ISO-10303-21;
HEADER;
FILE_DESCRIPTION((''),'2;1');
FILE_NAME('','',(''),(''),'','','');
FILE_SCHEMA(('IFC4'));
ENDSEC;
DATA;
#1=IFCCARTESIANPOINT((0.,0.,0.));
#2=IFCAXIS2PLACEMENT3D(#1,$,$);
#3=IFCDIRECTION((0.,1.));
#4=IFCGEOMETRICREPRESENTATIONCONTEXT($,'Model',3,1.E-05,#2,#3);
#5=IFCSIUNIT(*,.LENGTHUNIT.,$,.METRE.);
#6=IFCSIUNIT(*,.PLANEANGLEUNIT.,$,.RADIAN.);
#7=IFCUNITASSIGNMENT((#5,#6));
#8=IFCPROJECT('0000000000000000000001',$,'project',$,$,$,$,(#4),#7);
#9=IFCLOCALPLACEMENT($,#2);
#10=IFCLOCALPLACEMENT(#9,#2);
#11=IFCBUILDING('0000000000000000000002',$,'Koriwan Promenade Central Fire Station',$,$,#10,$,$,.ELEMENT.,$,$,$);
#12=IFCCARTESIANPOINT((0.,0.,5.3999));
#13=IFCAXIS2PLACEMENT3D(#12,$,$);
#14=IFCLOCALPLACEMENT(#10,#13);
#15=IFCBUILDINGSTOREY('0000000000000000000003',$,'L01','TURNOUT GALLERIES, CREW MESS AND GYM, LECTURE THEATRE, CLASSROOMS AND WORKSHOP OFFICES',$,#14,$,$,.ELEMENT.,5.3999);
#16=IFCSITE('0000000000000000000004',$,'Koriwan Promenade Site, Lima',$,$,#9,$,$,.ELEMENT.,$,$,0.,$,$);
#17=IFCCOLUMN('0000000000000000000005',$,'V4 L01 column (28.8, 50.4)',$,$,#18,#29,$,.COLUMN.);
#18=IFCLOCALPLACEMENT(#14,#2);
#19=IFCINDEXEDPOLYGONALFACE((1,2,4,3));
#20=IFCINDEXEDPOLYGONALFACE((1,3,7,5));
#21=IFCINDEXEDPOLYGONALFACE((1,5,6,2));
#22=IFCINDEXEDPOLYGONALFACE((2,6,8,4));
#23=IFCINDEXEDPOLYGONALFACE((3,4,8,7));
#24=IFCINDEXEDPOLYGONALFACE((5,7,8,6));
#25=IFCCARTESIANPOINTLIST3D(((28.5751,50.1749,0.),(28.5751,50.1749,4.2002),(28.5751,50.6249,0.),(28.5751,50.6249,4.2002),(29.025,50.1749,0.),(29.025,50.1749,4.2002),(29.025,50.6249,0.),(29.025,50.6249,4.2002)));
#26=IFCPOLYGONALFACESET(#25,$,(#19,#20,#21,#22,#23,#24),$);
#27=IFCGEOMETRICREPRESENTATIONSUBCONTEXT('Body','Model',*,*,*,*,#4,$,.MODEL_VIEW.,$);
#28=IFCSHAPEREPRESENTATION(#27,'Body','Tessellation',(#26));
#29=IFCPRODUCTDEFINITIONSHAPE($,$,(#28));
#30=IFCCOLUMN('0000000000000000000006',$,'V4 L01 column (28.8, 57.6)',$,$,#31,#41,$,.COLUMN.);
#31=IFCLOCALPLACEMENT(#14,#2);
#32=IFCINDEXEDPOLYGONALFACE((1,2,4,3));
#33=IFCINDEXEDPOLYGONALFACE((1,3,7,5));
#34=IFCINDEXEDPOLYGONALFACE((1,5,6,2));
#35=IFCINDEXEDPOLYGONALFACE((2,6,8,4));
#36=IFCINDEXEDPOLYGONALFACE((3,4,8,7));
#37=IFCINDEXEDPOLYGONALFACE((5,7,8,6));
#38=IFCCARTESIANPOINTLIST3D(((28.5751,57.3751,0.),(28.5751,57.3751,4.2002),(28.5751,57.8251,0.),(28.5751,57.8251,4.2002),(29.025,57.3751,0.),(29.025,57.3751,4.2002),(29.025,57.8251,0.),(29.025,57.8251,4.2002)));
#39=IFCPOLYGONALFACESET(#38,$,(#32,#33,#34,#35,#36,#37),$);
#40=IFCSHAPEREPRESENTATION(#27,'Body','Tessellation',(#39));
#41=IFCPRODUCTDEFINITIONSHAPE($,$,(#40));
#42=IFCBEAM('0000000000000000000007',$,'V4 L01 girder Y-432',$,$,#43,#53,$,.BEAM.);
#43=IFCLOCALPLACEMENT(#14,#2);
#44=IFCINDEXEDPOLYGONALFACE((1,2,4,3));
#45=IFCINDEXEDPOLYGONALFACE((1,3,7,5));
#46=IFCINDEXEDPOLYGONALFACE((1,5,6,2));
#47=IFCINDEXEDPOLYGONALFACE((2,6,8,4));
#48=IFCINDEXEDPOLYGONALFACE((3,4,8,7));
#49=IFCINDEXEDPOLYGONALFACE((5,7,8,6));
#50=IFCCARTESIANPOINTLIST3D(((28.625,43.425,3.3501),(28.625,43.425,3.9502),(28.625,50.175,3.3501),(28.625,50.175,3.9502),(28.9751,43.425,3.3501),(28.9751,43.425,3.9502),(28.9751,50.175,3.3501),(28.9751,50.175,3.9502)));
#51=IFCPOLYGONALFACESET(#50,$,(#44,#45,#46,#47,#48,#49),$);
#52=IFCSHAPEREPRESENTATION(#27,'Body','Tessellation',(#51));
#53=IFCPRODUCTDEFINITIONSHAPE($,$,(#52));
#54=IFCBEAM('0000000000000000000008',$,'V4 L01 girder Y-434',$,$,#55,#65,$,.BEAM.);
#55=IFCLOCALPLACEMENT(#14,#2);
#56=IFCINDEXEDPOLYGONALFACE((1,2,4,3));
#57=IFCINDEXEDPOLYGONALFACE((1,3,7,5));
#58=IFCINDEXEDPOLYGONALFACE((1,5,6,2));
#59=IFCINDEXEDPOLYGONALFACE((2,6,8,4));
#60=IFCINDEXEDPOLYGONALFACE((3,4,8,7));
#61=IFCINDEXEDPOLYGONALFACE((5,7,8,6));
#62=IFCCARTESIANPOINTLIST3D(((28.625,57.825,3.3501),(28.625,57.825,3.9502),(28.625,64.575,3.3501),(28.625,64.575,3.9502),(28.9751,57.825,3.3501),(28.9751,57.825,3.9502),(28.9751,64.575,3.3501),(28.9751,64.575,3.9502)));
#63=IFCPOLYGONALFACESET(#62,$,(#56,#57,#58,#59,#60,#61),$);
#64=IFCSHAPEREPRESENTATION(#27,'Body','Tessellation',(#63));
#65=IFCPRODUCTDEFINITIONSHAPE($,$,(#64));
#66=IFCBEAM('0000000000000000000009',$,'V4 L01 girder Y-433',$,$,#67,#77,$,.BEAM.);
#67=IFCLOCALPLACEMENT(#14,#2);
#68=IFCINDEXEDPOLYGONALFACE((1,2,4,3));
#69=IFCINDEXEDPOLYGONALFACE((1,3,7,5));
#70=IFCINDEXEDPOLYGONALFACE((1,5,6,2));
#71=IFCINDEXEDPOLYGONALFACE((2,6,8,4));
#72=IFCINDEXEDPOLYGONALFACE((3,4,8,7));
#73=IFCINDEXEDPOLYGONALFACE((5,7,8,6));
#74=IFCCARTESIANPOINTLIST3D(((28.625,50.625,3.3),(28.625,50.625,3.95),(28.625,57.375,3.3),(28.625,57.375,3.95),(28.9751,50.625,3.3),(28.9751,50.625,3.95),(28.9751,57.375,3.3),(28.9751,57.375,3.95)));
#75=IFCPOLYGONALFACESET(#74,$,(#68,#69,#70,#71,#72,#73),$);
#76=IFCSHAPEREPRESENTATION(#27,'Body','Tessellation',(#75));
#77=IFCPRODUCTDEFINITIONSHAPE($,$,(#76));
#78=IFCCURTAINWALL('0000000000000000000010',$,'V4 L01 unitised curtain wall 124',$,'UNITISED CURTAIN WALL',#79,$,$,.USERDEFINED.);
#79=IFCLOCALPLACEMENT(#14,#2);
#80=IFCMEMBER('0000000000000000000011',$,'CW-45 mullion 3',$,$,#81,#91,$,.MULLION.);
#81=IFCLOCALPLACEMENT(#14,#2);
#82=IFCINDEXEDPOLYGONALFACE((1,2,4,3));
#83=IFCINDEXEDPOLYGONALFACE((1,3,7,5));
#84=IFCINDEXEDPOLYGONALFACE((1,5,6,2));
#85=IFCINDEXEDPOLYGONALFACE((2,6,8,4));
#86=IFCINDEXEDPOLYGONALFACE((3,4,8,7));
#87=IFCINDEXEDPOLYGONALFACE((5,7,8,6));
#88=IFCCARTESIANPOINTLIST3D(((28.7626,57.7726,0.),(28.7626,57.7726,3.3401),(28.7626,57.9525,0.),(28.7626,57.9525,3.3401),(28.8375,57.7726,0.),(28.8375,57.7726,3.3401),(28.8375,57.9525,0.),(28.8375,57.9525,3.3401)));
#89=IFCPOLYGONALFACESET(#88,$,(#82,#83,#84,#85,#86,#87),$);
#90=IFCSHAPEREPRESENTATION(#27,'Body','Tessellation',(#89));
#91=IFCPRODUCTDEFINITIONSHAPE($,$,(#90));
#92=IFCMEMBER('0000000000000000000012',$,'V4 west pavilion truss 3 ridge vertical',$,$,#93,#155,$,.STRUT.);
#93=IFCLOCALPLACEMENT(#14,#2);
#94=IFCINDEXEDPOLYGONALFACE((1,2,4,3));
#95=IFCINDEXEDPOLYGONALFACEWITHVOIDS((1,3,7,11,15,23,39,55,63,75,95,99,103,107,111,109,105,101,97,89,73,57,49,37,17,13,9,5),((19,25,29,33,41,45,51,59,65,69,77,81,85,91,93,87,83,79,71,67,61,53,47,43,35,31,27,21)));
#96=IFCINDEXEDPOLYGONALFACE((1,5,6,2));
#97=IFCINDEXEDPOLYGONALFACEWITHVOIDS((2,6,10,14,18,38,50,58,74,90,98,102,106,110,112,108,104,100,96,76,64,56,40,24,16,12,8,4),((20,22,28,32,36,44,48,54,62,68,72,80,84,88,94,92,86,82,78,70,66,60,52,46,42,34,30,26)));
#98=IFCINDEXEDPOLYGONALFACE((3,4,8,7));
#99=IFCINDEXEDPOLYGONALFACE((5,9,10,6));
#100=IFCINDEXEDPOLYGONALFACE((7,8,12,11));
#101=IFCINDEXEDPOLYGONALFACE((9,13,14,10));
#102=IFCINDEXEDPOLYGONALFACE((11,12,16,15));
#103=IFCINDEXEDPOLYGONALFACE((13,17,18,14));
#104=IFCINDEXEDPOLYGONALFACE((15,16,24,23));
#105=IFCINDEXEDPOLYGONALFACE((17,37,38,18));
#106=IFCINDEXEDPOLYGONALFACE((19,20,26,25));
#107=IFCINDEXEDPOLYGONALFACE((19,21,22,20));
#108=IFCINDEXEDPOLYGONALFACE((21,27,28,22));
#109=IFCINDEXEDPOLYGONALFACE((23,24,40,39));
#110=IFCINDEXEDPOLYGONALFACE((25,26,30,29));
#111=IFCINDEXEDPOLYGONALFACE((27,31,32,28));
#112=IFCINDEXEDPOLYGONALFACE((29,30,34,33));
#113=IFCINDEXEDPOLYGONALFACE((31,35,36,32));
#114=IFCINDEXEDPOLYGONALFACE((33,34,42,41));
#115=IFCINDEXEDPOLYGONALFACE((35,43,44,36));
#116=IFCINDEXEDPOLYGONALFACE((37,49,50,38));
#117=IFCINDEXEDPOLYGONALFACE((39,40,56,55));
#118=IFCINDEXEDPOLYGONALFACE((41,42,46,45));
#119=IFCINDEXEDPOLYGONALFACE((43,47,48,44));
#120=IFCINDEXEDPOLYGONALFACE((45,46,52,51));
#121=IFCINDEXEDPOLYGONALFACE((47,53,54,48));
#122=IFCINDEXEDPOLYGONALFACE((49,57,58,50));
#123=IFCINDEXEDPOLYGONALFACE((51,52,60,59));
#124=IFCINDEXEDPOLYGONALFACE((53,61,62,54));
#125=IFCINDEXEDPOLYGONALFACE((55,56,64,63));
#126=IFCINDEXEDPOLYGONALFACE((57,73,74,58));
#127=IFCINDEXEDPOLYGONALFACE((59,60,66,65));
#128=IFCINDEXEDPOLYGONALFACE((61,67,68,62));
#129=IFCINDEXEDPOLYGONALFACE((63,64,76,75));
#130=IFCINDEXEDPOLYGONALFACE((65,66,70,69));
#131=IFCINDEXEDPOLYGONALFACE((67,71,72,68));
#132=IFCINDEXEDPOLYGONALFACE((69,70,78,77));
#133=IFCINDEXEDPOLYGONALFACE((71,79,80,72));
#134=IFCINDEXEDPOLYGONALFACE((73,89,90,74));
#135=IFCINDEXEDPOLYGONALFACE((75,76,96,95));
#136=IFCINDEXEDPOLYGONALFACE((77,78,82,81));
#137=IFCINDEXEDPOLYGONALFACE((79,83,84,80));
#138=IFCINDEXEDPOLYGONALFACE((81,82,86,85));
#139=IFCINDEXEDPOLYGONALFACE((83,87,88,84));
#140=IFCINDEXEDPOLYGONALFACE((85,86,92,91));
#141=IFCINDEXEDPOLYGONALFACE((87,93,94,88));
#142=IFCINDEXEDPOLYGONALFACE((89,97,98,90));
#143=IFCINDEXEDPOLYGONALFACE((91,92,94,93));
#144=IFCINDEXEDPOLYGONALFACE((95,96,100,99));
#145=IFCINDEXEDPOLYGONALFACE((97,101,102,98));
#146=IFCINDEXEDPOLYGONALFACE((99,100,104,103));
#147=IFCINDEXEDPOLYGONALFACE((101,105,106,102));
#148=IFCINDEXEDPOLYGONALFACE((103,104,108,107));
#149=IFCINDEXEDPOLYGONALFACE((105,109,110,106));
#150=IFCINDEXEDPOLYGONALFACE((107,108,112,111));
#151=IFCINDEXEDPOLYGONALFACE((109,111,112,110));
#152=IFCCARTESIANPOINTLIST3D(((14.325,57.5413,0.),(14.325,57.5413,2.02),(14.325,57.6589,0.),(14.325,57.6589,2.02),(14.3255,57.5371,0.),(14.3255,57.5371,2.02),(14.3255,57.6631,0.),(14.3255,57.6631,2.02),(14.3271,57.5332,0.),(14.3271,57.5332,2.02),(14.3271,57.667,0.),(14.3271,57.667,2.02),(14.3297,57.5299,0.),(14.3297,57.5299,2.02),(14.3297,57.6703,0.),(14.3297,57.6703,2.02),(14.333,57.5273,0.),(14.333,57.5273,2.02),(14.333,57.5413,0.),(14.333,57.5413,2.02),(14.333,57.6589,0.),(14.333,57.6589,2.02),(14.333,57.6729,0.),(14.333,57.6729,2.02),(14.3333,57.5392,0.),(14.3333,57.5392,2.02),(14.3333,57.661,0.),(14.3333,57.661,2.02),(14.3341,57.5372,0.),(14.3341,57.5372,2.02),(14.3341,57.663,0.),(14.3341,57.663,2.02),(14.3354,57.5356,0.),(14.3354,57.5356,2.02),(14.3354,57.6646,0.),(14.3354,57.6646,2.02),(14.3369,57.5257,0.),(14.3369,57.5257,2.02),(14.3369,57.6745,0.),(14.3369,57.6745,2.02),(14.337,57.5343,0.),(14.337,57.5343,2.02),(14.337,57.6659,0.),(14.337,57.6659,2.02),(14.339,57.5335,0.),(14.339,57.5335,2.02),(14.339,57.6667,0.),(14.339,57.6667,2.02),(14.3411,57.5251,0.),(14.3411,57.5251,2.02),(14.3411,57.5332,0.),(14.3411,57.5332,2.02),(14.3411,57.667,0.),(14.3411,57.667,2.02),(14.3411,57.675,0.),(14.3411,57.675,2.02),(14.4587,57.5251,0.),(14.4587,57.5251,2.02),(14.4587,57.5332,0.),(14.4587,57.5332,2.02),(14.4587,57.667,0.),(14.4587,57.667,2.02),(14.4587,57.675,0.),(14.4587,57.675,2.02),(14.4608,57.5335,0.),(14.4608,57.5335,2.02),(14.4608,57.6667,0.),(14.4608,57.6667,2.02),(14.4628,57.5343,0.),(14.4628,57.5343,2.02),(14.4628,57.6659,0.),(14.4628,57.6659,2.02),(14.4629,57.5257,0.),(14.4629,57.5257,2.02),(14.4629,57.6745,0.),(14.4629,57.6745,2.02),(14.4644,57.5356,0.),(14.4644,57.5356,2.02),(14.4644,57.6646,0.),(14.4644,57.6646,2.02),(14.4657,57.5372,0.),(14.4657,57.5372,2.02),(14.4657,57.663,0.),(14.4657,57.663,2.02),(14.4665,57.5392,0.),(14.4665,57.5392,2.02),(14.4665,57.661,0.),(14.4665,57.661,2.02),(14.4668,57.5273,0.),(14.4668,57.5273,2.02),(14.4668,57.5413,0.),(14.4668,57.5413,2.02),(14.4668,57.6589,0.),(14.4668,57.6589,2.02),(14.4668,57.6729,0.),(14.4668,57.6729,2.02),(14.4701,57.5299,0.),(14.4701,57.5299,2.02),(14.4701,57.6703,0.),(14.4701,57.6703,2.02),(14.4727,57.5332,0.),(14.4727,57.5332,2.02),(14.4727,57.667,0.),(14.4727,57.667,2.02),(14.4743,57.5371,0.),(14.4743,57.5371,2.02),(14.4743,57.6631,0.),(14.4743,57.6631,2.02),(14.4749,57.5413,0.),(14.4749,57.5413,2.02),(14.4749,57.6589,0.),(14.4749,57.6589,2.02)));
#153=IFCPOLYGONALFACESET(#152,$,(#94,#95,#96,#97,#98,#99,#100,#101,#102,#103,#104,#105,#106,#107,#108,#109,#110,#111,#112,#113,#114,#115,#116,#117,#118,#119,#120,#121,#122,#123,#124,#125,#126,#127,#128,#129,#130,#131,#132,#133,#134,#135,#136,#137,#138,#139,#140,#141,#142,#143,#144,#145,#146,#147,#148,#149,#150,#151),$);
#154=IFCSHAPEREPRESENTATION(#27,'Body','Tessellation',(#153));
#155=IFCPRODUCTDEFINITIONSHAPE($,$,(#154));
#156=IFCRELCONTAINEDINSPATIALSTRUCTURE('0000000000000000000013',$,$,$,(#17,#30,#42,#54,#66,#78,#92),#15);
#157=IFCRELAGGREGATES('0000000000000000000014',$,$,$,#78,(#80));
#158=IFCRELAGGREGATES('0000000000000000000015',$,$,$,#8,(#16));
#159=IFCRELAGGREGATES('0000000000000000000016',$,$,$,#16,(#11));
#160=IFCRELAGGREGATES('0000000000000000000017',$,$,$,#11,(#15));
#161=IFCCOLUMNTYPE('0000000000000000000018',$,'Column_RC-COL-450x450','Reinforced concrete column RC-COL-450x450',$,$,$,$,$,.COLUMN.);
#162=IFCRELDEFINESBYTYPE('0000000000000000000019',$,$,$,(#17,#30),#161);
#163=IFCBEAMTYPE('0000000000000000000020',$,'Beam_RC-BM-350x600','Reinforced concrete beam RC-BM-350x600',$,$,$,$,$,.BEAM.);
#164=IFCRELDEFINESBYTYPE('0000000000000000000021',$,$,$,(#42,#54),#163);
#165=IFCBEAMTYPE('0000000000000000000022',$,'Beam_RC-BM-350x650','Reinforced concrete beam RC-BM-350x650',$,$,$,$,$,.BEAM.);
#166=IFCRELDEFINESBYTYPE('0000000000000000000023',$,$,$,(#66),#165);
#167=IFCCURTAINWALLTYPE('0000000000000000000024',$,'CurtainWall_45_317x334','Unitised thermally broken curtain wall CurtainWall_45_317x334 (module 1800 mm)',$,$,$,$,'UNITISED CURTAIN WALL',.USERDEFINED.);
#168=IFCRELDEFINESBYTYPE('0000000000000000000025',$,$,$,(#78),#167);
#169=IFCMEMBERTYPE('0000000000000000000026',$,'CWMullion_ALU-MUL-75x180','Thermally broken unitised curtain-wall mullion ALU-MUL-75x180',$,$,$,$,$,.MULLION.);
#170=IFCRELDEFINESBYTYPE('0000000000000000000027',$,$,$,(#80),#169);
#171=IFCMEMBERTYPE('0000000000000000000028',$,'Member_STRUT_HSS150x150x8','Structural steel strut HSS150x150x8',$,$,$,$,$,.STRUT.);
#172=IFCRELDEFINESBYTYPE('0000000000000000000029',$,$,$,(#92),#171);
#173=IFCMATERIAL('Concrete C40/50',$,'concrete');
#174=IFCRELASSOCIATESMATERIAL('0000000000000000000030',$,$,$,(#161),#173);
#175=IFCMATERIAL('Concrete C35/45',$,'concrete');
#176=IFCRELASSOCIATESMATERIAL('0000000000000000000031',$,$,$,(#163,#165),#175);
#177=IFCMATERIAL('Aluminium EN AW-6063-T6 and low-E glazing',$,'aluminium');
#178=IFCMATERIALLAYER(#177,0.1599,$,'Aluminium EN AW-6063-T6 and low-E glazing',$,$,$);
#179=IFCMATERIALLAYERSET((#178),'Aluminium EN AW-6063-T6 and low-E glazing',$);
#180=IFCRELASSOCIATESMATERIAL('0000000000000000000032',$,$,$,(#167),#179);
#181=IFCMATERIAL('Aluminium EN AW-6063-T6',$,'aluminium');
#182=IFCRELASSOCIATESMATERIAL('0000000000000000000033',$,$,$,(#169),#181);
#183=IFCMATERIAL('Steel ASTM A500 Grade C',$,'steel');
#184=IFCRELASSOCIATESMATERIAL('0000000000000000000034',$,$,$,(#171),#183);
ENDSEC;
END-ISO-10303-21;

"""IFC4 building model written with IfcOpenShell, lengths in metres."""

from ifc_helpers import new_model, si_unit, direction, frame, origin, origin_2d, place, context, subcontext, project, spatial, rectangle, hollow_rectangle, extrude, material, layer, layer_set, material_profile, profile_set, type_object, element, aggregate, save


model = new_model("IFC4")

# Units and contexts
model_context = context("Model", 3, precision=1e-05, world=origin(), true_north=direction((0.0, 1.0)))
body_context = subcontext(model_context, "Body", "Model", "MODEL_VIEW")
ifc_project = project(units=[si_unit("LENGTHUNIT", "METRE"), si_unit("PLANEANGLEUNIT", "RADIAN")], contexts=[model_context])

# Site, building, storey
site_placement = place(None, origin())
site = spatial("IfcSite", under=ifc_project, at=site_placement, Name="Koriwan Promenade Site, Lima", CompositionType="ELEMENT", RefElevation=0.0)
building_placement = place(site_placement, origin())
building = spatial("IfcBuilding", under=site, at=building_placement, Name="Koriwan Promenade Central Fire Station", CompositionType="ELEMENT")
storey_placement = place(building_placement, frame((0.0, 0.0, 5.3999)))
storey = spatial("IfcBuildingStorey", under=building, at=storey_placement, Name="L01", Description="TURNOUT GALLERIES, CREW MESS AND GYM, LECTURE THEATRE, CLASSROOMS AND WORKSHOP OFFICES", CompositionType="ELEMENT", Elevation=5.3999)

# Columns
ifc_material_1 = material(Name="Concrete C40/50", Category="concrete")
ifc_material_profile_1 = material_profile(ifc_material_1, rectangle(XDim=0.45, YDim=0.45, at=origin_2d()), Name="RC-COL-450x450")
ifc_profile_set_1 = profile_set([ifc_material_profile_1], Name="Concrete C40/50")
column_type = type_object("IfcColumnType", Name="Column_RC-COL-450x450", Description="Reinforced concrete column RC-COL-450x450", PredefinedType="COLUMN", material=ifc_profile_set_1)
for number, where, z_axis, x_axis, name in (
    (1, (28.8, 50.3999, 0.0), (0.0, 0.0, 1.0), (1.0, 0.0, 0.0), "V4 L01 column (28.8, 50.4)"),
    (2, (28.8, 57.6001, 0.0), (0.0, 0.0, 1.0), (1.0, 0.0, 0.0), "V4 L01 column (28.8, 57.6)"),
):
    element("IfcColumn", number, at=place(storey_placement, frame(where, z_axis=z_axis, x_axis=x_axis)), inside=storey, type_object=column_type, Name=name, PredefinedType="COLUMN", context=body_context, shape_type="SweptSolid", body=[
        extrude(rectangle(XDim=0.45, YDim=0.45, at=origin_2d()), origin(), (0.0, 0.0, 1.0), 4.2002),
    ])

# Beams
ifc_material_2 = material(Name="Concrete C35/45", Category="concrete")
ifc_material_profile_2 = material_profile(ifc_material_2, rectangle(XDim=0.3501, YDim=0.6001, at=origin_2d()), Name="RC-BM-350x600")
ifc_profile_set_2 = profile_set([ifc_material_profile_2], Name="Concrete C35/45")
beam_type_1 = type_object("IfcBeamType", Name="Beam_RC-BM-350x600", Description="Reinforced concrete beam RC-BM-350x600", PredefinedType="BEAM", material=ifc_profile_set_2)
for number, where, z_axis, x_axis, name in (
    (3, (28.8, 43.425, 3.6501), (0.0, 1.0, 0.0), (-1.0, 0.0, 0.0), "V4 L01 girder Y-432"),
    (4, (28.8, 57.825, 3.6501), (0.0, 1.0, 0.0), (-1.0, 0.0, 0.0), "V4 L01 girder Y-434"),
):
    element("IfcBeam", number, at=place(storey_placement, frame(where, z_axis=z_axis, x_axis=x_axis)), inside=storey, type_object=beam_type_1, Name=name, PredefinedType="BEAM", context=body_context, shape_type="SweptSolid", body=[
        extrude(rectangle(XDim=0.3501, YDim=0.6001, at=origin_2d()), origin(), (0.0, 0.0, 1.0), 6.75),
    ])
ifc_material_profile_3 = material_profile(ifc_material_2, rectangle(XDim=0.3501, YDim=0.6499, at=origin_2d()), Name="RC-BM-350x650")
ifc_profile_set_3 = profile_set([ifc_material_profile_3], Name="Concrete C35/45")
beam_type_2 = type_object("IfcBeamType", Name="Beam_RC-BM-350x650", Description="Reinforced concrete beam RC-BM-350x650", PredefinedType="BEAM", material=ifc_profile_set_3)
beam_placement = place(storey_placement, frame((28.8, 50.625, 3.625), z_axis=(0.0, 1.0, 0.0), x_axis=(-1.0, 0.0, 0.0)))
element("IfcBeam", 5, at=beam_placement, inside=storey, type_object=beam_type_2, Name="V4 L01 girder Y-433", PredefinedType="BEAM", context=body_context, shape_type="SweptSolid", body=[
    extrude(rectangle(XDim=0.3501, YDim=0.6499, at=origin_2d()), origin(), (0.0, 0.0, 1.0), 6.75),
])

# Curtain wall, member
ifc_material_3 = material(Name="Aluminium EN AW-6063-T6 and low-E glazing", Category="aluminium")
ifc_layer_1 = layer(ifc_material_3, 0.1599, Name="Aluminium EN AW-6063-T6 and low-E glazing")
ifc_layer_set_1 = layer_set([ifc_layer_1], Name="Aluminium EN AW-6063-T6 and low-E glazing")
curtain_wall_type = type_object("IfcCurtainWallType", Name="CurtainWall_45_317x334", Description="Unitised thermally broken curtain wall CurtainWall_45_317x334 (module 1800 mm)", ElementType="UNITISED CURTAIN WALL", PredefinedType="USERDEFINED", material=ifc_layer_set_1)
curtain_wall_placement = place(storey_placement, origin())
curtain_wall = element("IfcCurtainWall", 6, at=curtain_wall_placement, inside=storey, type_object=curtain_wall_type, Name="V4 L01 unitised curtain wall 124", ObjectType="UNITISED CURTAIN WALL", PredefinedType="USERDEFINED")
ifc_material_4 = material(Name="Aluminium EN AW-6063-T6", Category="aluminium")
ifc_material_profile_4 = material_profile(ifc_material_4, rectangle(XDim=0.075, YDim=0.1799, at=origin_2d()), Name="ALU-MUL-75x180")
ifc_profile_set_4 = profile_set([ifc_material_profile_4], Name="Aluminium EN AW-6063-T6")
member_type_1 = type_object("IfcMemberType", Name="CWMullion_ALU-MUL-75x180", Description="Thermally broken unitised curtain-wall mullion ALU-MUL-75x180", PredefinedType="MULLION", material=ifc_profile_set_4)
member_1_placement = place(storey_placement, frame((28.8, 57.8625, 0.0), z_axis=(0.0, 0.0, 1.0), x_axis=(1.0, 0.0, 0.0)))
member_1 = element("IfcMember", 7, at=member_1_placement, type_object=member_type_1, Name="CW-45 mullion 3", PredefinedType="MULLION", context=body_context, shape_type="SweptSolid", body=[
    extrude(rectangle(XDim=0.075, YDim=0.1799, at=origin_2d()), origin(), (0.0, 0.0, 1.0), 3.3401),
])
aggregate(curtain_wall, [member_1])

# Member
ifc_material_5 = material(Name="Steel ASTM A500 Grade C", Category="steel")
ifc_material_profile_5 = material_profile(ifc_material_5, hollow_rectangle(XDim=0.1499, YDim=0.1499, WallThickness=0.0081, InnerFilletRadius=0.0081, OuterFilletRadius=0.0161, at=origin_2d()), Name="HSS150x150x8")
ifc_profile_set_5 = profile_set([ifc_material_profile_5], Name="Steel ASTM A500 Grade C")
member_type_2 = type_object("IfcMemberType", Name="Member_STRUT_HSS150x150x8", Description="Structural steel strut HSS150x150x8", PredefinedType="STRUT", material=ifc_profile_set_5)
member_2_placement = place(storey_placement, frame((14.3999, 57.6001, 0.0), z_axis=(0.0, 0.0, 1.0), x_axis=(1.0, 0.0, 0.0)))
element("IfcMember", 8, at=member_2_placement, inside=storey, type_object=member_type_2, Name="V4 west pavilion truss 3 ridge vertical", PredefinedType="STRUT", context=body_context, shape_type="SweptSolid", body=[
    extrude(hollow_rectangle(XDim=0.1499, YDim=0.1499, WallThickness=0.0081, InnerFilletRadius=0.0081, OuterFilletRadius=0.0161, at=origin_2d()), origin(), (0.0, 0.0, 1.0), 2.02),
])

save(model, "model.ifc")
